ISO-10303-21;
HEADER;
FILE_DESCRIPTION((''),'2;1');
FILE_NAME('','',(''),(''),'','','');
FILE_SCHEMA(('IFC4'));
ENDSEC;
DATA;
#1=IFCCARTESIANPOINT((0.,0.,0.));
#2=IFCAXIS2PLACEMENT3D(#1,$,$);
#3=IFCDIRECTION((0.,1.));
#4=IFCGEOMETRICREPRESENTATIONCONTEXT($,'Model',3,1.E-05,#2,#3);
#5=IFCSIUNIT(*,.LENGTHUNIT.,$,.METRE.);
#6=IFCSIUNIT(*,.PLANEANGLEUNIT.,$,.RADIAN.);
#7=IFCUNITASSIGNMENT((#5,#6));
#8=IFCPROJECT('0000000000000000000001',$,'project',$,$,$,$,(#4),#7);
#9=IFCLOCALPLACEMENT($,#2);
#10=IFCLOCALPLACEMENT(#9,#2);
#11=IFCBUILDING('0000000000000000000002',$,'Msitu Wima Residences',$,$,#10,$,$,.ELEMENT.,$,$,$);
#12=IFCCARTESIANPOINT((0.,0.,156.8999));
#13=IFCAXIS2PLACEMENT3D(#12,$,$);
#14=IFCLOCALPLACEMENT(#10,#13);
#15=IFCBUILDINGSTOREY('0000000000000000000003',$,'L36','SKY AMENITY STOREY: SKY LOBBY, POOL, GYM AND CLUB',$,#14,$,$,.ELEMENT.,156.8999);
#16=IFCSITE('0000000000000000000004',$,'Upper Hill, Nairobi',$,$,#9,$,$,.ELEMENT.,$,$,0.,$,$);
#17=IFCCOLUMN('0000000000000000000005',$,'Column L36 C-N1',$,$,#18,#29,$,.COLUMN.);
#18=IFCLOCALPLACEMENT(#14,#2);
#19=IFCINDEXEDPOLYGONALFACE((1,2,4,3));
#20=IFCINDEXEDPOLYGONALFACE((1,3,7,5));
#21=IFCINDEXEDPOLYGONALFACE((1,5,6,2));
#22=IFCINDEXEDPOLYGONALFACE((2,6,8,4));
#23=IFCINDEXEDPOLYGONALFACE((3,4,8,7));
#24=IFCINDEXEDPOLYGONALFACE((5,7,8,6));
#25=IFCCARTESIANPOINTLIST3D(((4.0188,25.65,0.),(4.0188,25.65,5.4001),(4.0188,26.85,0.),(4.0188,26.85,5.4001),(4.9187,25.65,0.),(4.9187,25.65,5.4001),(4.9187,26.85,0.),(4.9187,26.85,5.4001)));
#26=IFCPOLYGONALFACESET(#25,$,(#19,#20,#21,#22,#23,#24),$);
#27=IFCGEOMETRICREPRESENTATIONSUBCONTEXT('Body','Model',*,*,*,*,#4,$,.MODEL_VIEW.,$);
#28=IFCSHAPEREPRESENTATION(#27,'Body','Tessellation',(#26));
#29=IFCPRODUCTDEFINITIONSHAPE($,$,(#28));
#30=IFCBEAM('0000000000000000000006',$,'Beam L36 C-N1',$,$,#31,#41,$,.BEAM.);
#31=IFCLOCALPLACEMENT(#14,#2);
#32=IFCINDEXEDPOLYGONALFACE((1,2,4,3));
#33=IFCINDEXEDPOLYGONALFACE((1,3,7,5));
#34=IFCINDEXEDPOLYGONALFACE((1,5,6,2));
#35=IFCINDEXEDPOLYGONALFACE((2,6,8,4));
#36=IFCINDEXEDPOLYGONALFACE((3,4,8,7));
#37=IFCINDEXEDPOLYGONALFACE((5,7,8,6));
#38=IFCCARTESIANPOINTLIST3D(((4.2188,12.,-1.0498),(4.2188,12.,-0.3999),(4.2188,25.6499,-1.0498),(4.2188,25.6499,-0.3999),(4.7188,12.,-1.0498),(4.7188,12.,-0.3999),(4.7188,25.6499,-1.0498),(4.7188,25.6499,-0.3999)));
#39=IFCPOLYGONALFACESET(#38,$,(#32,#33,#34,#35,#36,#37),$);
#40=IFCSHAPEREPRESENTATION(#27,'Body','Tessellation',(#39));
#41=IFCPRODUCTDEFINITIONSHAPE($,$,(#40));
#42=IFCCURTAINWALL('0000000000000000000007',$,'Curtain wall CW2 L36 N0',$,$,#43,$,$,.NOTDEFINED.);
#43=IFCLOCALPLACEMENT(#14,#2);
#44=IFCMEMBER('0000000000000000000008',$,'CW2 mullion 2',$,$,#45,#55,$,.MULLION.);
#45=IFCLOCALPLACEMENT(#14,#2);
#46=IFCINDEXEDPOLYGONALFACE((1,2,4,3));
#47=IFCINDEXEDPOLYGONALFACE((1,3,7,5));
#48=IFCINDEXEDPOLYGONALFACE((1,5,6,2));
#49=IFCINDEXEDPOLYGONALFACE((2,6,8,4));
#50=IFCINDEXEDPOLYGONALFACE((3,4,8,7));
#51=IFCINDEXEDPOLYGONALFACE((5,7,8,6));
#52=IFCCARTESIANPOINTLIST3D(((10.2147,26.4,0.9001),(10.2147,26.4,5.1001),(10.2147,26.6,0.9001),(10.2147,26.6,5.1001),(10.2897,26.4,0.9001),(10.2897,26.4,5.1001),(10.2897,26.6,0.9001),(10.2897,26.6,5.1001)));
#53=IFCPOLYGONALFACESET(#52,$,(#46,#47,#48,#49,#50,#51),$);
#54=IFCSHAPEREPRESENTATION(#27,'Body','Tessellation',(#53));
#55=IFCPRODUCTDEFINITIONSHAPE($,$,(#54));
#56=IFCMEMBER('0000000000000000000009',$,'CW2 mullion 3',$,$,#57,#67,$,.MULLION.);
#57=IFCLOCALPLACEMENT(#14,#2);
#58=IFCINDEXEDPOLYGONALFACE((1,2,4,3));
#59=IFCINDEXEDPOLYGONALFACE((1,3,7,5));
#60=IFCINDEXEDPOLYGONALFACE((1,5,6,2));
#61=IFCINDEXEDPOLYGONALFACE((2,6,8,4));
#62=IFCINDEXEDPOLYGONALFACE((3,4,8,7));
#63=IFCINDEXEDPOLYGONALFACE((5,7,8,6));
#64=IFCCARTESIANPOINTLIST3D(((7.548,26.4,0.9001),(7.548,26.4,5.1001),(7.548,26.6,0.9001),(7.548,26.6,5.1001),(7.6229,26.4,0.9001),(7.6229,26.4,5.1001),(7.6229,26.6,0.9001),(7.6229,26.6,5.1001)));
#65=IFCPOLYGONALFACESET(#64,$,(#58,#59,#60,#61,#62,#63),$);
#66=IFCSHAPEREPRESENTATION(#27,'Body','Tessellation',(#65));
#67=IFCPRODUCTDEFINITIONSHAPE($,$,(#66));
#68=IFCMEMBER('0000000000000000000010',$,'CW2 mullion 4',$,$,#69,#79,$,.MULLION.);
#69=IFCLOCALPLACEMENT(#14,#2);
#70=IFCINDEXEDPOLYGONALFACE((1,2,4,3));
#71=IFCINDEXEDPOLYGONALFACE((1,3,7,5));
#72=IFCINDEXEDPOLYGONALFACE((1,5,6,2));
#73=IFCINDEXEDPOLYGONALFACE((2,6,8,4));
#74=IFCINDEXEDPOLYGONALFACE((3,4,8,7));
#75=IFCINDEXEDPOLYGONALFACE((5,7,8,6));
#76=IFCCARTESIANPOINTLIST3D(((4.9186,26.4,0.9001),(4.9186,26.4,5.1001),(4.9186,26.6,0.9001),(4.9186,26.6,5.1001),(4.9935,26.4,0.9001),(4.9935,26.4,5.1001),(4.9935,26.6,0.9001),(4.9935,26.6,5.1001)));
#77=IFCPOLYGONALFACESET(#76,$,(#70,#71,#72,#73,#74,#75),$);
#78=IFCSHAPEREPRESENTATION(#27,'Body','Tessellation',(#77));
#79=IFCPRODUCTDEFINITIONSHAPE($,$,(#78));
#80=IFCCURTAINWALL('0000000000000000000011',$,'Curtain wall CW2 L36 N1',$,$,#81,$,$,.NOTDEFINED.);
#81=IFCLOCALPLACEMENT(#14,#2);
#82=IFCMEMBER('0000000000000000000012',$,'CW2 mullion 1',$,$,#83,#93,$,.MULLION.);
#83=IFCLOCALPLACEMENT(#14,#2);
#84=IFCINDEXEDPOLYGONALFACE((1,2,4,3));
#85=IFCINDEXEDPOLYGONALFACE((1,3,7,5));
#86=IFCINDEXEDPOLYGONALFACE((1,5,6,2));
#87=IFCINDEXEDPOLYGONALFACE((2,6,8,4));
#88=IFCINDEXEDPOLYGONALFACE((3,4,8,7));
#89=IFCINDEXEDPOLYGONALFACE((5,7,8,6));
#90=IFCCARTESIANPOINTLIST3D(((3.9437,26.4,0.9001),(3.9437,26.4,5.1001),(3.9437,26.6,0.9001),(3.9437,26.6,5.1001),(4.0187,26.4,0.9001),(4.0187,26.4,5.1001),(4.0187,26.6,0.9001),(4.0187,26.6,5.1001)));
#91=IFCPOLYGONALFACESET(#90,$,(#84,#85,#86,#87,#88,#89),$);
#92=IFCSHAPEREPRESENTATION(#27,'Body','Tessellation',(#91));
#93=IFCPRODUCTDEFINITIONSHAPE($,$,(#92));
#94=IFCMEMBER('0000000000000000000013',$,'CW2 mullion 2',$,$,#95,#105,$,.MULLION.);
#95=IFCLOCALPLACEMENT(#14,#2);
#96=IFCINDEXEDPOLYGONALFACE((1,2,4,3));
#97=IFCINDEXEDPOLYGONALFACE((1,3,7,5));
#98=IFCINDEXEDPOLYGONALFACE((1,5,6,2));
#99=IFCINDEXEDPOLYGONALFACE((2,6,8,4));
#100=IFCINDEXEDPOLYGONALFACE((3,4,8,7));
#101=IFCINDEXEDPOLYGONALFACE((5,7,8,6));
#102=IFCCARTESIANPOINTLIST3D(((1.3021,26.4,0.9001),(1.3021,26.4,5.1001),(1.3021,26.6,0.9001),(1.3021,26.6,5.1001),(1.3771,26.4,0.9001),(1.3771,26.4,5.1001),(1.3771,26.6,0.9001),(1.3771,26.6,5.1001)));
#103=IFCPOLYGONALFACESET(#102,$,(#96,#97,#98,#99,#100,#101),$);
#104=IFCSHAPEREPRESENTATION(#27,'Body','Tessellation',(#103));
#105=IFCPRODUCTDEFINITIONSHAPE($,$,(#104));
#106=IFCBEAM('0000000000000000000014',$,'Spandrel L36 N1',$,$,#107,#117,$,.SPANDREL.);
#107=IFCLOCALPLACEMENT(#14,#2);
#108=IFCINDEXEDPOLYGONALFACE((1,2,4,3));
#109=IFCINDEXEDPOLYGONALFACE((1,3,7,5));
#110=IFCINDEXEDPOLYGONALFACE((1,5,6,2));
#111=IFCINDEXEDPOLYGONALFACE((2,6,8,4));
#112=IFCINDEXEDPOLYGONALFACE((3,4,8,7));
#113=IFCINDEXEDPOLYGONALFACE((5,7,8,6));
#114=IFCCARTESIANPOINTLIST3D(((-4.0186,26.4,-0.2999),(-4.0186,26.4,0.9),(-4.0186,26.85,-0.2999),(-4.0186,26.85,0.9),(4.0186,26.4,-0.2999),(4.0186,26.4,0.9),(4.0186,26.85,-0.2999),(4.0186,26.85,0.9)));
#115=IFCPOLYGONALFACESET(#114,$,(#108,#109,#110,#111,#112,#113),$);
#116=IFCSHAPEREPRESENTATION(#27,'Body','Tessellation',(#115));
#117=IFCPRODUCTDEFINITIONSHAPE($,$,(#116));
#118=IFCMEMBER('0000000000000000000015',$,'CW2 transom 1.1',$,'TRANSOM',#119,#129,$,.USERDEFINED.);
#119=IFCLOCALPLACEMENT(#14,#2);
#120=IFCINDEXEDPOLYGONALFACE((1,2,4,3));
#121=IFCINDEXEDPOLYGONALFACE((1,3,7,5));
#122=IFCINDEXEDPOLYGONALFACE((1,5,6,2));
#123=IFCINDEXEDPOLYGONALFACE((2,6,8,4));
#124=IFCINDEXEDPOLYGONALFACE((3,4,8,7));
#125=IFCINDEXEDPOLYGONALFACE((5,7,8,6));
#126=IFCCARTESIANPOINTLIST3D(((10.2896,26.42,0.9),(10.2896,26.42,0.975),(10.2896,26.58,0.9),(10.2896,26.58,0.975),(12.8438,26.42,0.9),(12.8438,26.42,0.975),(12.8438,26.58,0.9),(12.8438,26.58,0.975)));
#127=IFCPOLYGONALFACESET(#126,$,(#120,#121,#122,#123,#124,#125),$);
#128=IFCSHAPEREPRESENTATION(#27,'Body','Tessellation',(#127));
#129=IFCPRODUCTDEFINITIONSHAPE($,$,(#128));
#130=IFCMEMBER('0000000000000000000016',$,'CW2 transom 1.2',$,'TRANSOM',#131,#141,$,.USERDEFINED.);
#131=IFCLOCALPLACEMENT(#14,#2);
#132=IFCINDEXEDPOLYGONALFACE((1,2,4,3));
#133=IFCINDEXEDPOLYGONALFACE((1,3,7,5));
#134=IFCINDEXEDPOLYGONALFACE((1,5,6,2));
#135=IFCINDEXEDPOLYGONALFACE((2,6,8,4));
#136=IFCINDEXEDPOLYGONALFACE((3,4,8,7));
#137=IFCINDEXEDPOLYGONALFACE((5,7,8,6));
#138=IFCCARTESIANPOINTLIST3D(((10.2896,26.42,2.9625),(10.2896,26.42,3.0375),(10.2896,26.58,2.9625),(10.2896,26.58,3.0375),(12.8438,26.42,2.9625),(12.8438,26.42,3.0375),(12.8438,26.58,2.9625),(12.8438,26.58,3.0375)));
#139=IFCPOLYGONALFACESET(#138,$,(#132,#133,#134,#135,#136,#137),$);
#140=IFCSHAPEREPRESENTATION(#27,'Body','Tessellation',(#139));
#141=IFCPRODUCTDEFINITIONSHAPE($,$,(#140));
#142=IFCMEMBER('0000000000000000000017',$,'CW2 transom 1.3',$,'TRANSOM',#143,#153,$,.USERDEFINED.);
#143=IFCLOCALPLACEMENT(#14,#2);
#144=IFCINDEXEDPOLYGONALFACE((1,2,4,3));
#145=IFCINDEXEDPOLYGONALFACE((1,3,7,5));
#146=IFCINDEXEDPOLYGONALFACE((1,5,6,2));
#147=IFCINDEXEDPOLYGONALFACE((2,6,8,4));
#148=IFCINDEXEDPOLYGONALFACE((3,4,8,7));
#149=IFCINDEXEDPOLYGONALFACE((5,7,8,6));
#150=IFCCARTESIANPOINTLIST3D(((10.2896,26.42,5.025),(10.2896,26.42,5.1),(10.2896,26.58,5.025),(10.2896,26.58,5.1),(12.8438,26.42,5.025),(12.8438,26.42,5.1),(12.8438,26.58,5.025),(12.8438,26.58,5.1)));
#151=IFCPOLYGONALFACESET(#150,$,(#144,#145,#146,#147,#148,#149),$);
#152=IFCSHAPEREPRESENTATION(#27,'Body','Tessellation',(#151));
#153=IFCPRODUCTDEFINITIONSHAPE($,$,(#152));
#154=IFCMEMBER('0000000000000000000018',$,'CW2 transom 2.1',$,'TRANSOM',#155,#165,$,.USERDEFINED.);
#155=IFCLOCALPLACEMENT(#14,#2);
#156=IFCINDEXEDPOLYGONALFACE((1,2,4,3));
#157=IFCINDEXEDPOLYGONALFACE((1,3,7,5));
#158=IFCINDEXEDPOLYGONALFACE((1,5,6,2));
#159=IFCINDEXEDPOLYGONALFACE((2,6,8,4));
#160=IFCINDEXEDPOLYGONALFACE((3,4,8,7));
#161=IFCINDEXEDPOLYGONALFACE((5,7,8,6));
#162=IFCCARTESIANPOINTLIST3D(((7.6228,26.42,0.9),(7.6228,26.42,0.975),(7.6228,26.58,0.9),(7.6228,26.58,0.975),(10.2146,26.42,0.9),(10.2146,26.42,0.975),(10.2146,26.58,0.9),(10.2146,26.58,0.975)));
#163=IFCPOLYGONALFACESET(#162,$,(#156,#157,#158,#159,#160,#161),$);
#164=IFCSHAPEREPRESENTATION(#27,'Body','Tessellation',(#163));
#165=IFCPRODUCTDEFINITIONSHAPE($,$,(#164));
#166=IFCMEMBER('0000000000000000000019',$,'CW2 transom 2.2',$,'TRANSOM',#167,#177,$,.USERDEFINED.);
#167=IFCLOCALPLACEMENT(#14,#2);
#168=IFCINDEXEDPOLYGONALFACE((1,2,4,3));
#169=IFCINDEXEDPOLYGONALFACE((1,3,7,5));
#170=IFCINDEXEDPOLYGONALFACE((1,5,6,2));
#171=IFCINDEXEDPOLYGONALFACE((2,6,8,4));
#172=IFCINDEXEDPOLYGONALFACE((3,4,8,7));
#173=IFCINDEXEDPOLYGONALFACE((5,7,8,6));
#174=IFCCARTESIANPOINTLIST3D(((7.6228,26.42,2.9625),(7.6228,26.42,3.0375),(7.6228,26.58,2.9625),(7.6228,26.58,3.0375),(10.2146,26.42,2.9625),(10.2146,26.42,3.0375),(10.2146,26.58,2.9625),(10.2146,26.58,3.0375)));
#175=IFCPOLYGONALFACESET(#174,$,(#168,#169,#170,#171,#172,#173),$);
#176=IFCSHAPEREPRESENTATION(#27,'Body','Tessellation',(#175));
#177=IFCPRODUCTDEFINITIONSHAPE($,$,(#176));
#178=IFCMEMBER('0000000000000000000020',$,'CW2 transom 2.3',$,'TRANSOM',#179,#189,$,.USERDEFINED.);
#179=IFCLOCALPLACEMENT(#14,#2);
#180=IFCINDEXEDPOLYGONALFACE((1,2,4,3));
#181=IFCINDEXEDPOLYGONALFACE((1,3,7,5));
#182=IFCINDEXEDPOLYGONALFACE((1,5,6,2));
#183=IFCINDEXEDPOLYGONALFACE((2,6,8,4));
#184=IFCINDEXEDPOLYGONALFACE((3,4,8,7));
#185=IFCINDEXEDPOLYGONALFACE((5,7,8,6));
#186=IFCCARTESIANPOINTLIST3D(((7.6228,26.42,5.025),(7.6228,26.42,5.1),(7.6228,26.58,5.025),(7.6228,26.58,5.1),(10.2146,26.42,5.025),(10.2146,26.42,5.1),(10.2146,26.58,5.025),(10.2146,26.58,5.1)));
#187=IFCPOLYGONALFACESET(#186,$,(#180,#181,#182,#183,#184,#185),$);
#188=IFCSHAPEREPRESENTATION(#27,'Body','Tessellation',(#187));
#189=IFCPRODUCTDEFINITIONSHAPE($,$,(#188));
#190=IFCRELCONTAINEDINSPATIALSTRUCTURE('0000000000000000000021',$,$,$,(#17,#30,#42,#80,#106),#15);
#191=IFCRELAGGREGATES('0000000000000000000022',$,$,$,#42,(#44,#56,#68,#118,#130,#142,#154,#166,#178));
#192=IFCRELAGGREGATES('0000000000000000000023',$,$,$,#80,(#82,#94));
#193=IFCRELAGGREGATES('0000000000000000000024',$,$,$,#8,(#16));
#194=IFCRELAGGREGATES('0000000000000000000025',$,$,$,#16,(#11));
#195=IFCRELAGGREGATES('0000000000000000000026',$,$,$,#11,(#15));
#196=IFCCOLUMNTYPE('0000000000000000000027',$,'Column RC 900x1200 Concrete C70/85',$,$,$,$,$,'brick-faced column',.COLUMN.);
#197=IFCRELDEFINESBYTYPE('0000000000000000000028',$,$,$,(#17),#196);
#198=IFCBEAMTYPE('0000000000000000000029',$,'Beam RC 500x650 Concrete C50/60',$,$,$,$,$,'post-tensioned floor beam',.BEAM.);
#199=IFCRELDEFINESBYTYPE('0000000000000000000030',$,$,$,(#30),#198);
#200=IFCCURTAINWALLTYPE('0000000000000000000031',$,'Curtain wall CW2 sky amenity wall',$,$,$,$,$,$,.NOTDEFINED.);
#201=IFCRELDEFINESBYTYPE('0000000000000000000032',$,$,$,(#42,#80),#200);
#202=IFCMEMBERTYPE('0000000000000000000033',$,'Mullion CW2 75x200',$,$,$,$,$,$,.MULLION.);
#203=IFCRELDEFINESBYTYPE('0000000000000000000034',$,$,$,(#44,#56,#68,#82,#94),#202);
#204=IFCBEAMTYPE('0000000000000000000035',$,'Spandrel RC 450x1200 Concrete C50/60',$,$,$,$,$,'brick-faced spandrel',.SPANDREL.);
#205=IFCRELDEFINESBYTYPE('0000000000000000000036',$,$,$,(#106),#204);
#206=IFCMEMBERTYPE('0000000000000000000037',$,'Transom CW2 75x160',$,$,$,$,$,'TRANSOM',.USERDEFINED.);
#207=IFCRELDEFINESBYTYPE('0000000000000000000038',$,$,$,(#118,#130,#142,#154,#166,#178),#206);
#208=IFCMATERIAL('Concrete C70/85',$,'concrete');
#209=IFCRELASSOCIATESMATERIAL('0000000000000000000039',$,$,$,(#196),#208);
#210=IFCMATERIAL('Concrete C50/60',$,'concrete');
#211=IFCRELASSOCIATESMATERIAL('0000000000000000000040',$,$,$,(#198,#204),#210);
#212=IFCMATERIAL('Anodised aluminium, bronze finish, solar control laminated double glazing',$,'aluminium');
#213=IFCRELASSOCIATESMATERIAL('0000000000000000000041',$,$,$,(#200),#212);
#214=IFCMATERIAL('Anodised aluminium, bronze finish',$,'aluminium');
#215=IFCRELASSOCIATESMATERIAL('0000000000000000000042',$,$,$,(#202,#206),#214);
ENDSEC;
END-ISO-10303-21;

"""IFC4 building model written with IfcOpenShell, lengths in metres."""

from ifc_helpers import new_model, si_unit, direction, frame, origin, origin_2d, place, context, subcontext, project, spatial, rectangle, extrude, material, material_profile, profile_set, type_object, element, aggregate, save


model = new_model("IFC4")

# Units and contexts
model_context = context("Model", 3, precision=1e-05, world=origin(), true_north=direction((0.0, 1.0)))
body_context = subcontext(model_context, "Body", "Model", "MODEL_VIEW")
ifc_project = project(units=[si_unit("LENGTHUNIT", "METRE"), si_unit("PLANEANGLEUNIT", "RADIAN")], contexts=[model_context])

# Site, building, storey
site_placement = place(None, origin())
site = spatial("IfcSite", under=ifc_project, at=site_placement, Name="Upper Hill, Nairobi", CompositionType="ELEMENT", RefElevation=0.0)
building_placement = place(site_placement, origin())
building = spatial("IfcBuilding", under=site, at=building_placement, Name="Msitu Wima Residences", CompositionType="ELEMENT")
storey_placement = place(building_placement, frame((0.0, 0.0, 156.8999)))
storey = spatial("IfcBuildingStorey", under=building, at=storey_placement, Name="L36", Description="SKY AMENITY STOREY: SKY LOBBY, POOL, GYM AND CLUB", CompositionType="ELEMENT", Elevation=156.8999)

# Column
ifc_material_1 = material(Name="Concrete C70/85", Category="concrete")
ifc_material_profile_1 = material_profile(ifc_material_1, rectangle(XDim=0.8999, YDim=1.2, at=origin_2d()), Name="RC 900x1200")
ifc_profile_set_1 = profile_set([ifc_material_profile_1], Name="Concrete C70/85")
column_type = type_object("IfcColumnType", Name="Column RC 900x1200 Concrete C70/85", ElementType="brick-faced column", PredefinedType="COLUMN", material=ifc_profile_set_1)
column_placement = place(storey_placement, frame((4.4688, 26.25, 0.0), z_axis=(0.0, 0.0, 1.0), x_axis=(-1.0, 0.0, 0.0)))
element("IfcColumn", 1, at=column_placement, inside=storey, type_object=column_type, Name="Column L36 C-N1", PredefinedType="COLUMN", context=body_context, shape_type="SweptSolid", body=[
    extrude(rectangle(XDim=0.8999, YDim=1.2, at=origin_2d()), origin(), (0.0, 0.0, 1.0), 5.4001),
])

# Beam
ifc_material_2 = material(Name="Concrete C50/60", Category="concrete")
ifc_material_profile_2 = material_profile(ifc_material_2, rectangle(XDim=0.5, YDim=0.6499, at=origin_2d()), Name="RC 500x650")
ifc_profile_set_2 = profile_set([ifc_material_profile_2], Name="Concrete C50/60")
beam_type_1 = type_object("IfcBeamType", Name="Beam RC 500x650 Concrete C50/60", ElementType="post-tensioned floor beam", PredefinedType="BEAM", material=ifc_profile_set_2)
beam_1_placement = place(storey_placement, frame((4.4688, 25.6499, -0.7249), z_axis=(0.0, -1.0, 0.0), x_axis=(1.0, 0.0, 0.0)))
element("IfcBeam", 2, at=beam_1_placement, inside=storey, type_object=beam_type_1, Name="Beam L36 C-N1", PredefinedType="BEAM", context=body_context, shape_type="SweptSolid", body=[
    extrude(rectangle(XDim=0.5, YDim=0.6499, at=origin_2d()), origin(), (0.0, 0.0, 1.0), 13.6499),
])

# Curtain walls, members
ifc_material_3 = material(Name="Anodised aluminium, bronze finish, solar control laminated double glazing", Category="aluminium")
curtain_wall_type = type_object("IfcCurtainWallType", Name="Curtain wall CW2 sky amenity wall", PredefinedType="NOTDEFINED", material=ifc_material_3)
curtain_wall_1_placement = place(storey_placement, origin())
curtain_wall_1 = element("IfcCurtainWall", 3, at=curtain_wall_1_placement, inside=storey, type_object=curtain_wall_type, Name="Curtain wall CW2 L36 N0", PredefinedType="NOTDEFINED")
ifc_material_4 = material(Name="Anodised aluminium, bronze finish", Category="aluminium")
ifc_material_profile_3 = material_profile(ifc_material_4, rectangle(XDim=0.2, YDim=0.075, at=origin_2d()), Name="Mullion 75x200")
ifc_profile_set_3 = profile_set([ifc_material_profile_3], Name="Anodised aluminium, bronze finish")
member_type_1 = type_object("IfcMemberType", Name="Mullion CW2 75x200", PredefinedType="MULLION", material=ifc_profile_set_3)
member_1_placement = place(storey_placement, frame((10.2522, 26.5, 0.9001), z_axis=(0.0, 0.0, 1.0), x_axis=(0.0, -1.0, 0.0)))
member_1 = element("IfcMember", 4, at=member_1_placement, type_object=member_type_1, Name="CW2 mullion 2", PredefinedType="MULLION", context=body_context, shape_type="SweptSolid", body=[
    extrude(rectangle(XDim=0.2, YDim=0.075, at=origin_2d()), origin(), (0.0, 0.0, 1.0), 4.2),
])
member_2_placement = place(storey_placement, frame((7.5854, 26.5, 0.9001), z_axis=(0.0, 0.0, 1.0), x_axis=(0.0, -1.0, 0.0)))
member_2 = element("IfcMember", 5, at=member_2_placement, type_object=member_type_1, Name="CW2 mullion 3", PredefinedType="MULLION", context=body_context, shape_type="SweptSolid", body=[
    extrude(rectangle(XDim=0.2, YDim=0.075, at=origin_2d()), origin(), (0.0, 0.0, 1.0), 4.2),
])
member_3_placement = place(storey_placement, frame((4.9561, 26.5, 0.9001), z_axis=(0.0, 0.0, 1.0), x_axis=(0.0, -1.0, 0.0)))
member_3 = element("IfcMember", 6, at=member_3_placement, type_object=member_type_1, Name="CW2 mullion 4", PredefinedType="MULLION", context=body_context, shape_type="SweptSolid", body=[
    extrude(rectangle(XDim=0.2, YDim=0.075, at=origin_2d()), origin(), (0.0, 0.0, 1.0), 4.2),
])
curtain_wall_2_placement = place(storey_placement, origin())
curtain_wall_2 = element("IfcCurtainWall", 7, at=curtain_wall_2_placement, inside=storey, type_object=curtain_wall_type, Name="Curtain wall CW2 L36 N1", PredefinedType="NOTDEFINED")
member_4_placement = place(storey_placement, frame((3.9812, 26.5, 0.9001), z_axis=(0.0, 0.0, 1.0), x_axis=(0.0, -1.0, 0.0)))
member_4 = element("IfcMember", 8, at=member_4_placement, type_object=member_type_1, Name="CW2 mullion 1", PredefinedType="MULLION", context=body_context, shape_type="SweptSolid", body=[
    extrude(rectangle(XDim=0.2, YDim=0.075, at=origin_2d()), origin(), (0.0, 0.0, 1.0), 4.2),
])
member_5_placement = place(storey_placement, frame((1.3396, 26.5, 0.9001), z_axis=(0.0, 0.0, 1.0), x_axis=(0.0, -1.0, 0.0)))
member_5 = element("IfcMember", 9, at=member_5_placement, type_object=member_type_1, Name="CW2 mullion 2", PredefinedType="MULLION", context=body_context, shape_type="SweptSolid", body=[
    extrude(rectangle(XDim=0.2, YDim=0.075, at=origin_2d()), origin(), (0.0, 0.0, 1.0), 4.2),
])

# Beam
ifc_material_profile_4 = material_profile(ifc_material_2, rectangle(XDim=0.45, YDim=1.2, at=origin_2d()), Name="RC 450x1200")
ifc_profile_set_4 = profile_set([ifc_material_profile_4], Name="Concrete C50/60")
beam_type_2 = type_object("IfcBeamType", Name="Spandrel RC 450x1200 Concrete C50/60", ElementType="brick-faced spandrel", PredefinedType="SPANDREL", material=ifc_profile_set_4)
beam_2_placement = place(storey_placement, frame((4.0186, 26.625, 0.3), z_axis=(-1.0, 0.0, 0.0), x_axis=(0.0, -1.0, 0.0)))
element("IfcBeam", 10, at=beam_2_placement, inside=storey, type_object=beam_type_2, Name="Spandrel L36 N1", PredefinedType="SPANDREL", context=body_context, shape_type="SweptSolid", body=[
    extrude(rectangle(XDim=0.45, YDim=1.2, at=origin_2d()), origin(), (0.0, 0.0, 1.0), 8.0371),
])

# Members
ifc_material_profile_5 = material_profile(ifc_material_4, rectangle(XDim=0.1599, YDim=0.075, at=origin_2d()), Name="Transom 75x160")
ifc_profile_set_5 = profile_set([ifc_material_profile_5], Name="Anodised aluminium, bronze finish")
member_type_2 = type_object("IfcMemberType", Name="Transom CW2 75x160", ElementType="TRANSOM", PredefinedType="USERDEFINED", material=ifc_profile_set_5)
member_6_placement = place(storey_placement, frame((12.8438, 26.5, 0.9375), z_axis=(-1.0, 0.0, 0.0), x_axis=(0.0, -1.0, 0.0)))
member_6 = element("IfcMember", 11, at=member_6_placement, type_object=member_type_2, Name="CW2 transom 1.1", ObjectType="TRANSOM", PredefinedType="USERDEFINED", context=body_context, shape_type="SweptSolid", body=[
    extrude(rectangle(XDim=0.1599, YDim=0.075, at=origin_2d()), origin(), (0.0, 0.0, 1.0), 2.5542),
])
member_7_placement = place(storey_placement, frame((12.8438, 26.5, 3.0), z_axis=(-1.0, 0.0, 0.0), x_axis=(0.0, -1.0, 0.0)))
member_7 = element("IfcMember", 12, at=member_7_placement, type_object=member_type_2, Name="CW2 transom 1.2", ObjectType="TRANSOM", PredefinedType="USERDEFINED", context=body_context, shape_type="SweptSolid", body=[
    extrude(rectangle(XDim=0.1599, YDim=0.075, at=origin_2d()), origin(), (0.0, 0.0, 1.0), 2.5542),
])
member_8_placement = place(storey_placement, frame((12.8438, 26.5, 5.0625), z_axis=(-1.0, 0.0, 0.0), x_axis=(0.0, -1.0, 0.0)))
member_8 = element("IfcMember", 13, at=member_8_placement, type_object=member_type_2, Name="CW2 transom 1.3", ObjectType="TRANSOM", PredefinedType="USERDEFINED", context=body_context, shape_type="SweptSolid", body=[
    extrude(rectangle(XDim=0.1599, YDim=0.075, at=origin_2d()), origin(), (0.0, 0.0, 1.0), 2.5542),
])
member_9_placement = place(storey_placement, frame((10.2146, 26.5, 0.9375), z_axis=(-1.0, 0.0, 0.0), x_axis=(0.0, -1.0, 0.0)))
member_9 = element("IfcMember", 14, at=member_9_placement, type_object=member_type_2, Name="CW2 transom 2.1", ObjectType="TRANSOM", PredefinedType="USERDEFINED", context=body_context, shape_type="SweptSolid", body=[
    extrude(rectangle(XDim=0.1599, YDim=0.075, at=origin_2d()), origin(), (0.0, 0.0, 1.0), 2.5918),
])
member_10_placement = place(storey_placement, frame((10.2146, 26.5, 3.0), z_axis=(-1.0, 0.0, 0.0), x_axis=(0.0, -1.0, 0.0)))
member_10 = element("IfcMember", 15, at=member_10_placement, type_object=member_type_2, Name="CW2 transom 2.2", ObjectType="TRANSOM", PredefinedType="USERDEFINED", context=body_context, shape_type="SweptSolid", body=[
    extrude(rectangle(XDim=0.1599, YDim=0.075, at=origin_2d()), origin(), (0.0, 0.0, 1.0), 2.5918),
])
member_11_placement = place(storey_placement, frame((10.2146, 26.5, 5.0625), z_axis=(-1.0, 0.0, 0.0), x_axis=(0.0, -1.0, 0.0)))
member_11 = element("IfcMember", 16, at=member_11_placement, type_object=member_type_2, Name="CW2 transom 2.3", ObjectType="TRANSOM", PredefinedType="USERDEFINED", context=body_context, shape_type="SweptSolid", body=[
    extrude(rectangle(XDim=0.1599, YDim=0.075, at=origin_2d()), origin(), (0.0, 0.0, 1.0), 2.5918),
])

aggregate(curtain_wall_1, [member_1, member_2, member_3, member_6, member_7, member_8, member_9, member_10, member_11])
aggregate(curtain_wall_2, [member_4, member_5])

save(model, "model.ifc")
